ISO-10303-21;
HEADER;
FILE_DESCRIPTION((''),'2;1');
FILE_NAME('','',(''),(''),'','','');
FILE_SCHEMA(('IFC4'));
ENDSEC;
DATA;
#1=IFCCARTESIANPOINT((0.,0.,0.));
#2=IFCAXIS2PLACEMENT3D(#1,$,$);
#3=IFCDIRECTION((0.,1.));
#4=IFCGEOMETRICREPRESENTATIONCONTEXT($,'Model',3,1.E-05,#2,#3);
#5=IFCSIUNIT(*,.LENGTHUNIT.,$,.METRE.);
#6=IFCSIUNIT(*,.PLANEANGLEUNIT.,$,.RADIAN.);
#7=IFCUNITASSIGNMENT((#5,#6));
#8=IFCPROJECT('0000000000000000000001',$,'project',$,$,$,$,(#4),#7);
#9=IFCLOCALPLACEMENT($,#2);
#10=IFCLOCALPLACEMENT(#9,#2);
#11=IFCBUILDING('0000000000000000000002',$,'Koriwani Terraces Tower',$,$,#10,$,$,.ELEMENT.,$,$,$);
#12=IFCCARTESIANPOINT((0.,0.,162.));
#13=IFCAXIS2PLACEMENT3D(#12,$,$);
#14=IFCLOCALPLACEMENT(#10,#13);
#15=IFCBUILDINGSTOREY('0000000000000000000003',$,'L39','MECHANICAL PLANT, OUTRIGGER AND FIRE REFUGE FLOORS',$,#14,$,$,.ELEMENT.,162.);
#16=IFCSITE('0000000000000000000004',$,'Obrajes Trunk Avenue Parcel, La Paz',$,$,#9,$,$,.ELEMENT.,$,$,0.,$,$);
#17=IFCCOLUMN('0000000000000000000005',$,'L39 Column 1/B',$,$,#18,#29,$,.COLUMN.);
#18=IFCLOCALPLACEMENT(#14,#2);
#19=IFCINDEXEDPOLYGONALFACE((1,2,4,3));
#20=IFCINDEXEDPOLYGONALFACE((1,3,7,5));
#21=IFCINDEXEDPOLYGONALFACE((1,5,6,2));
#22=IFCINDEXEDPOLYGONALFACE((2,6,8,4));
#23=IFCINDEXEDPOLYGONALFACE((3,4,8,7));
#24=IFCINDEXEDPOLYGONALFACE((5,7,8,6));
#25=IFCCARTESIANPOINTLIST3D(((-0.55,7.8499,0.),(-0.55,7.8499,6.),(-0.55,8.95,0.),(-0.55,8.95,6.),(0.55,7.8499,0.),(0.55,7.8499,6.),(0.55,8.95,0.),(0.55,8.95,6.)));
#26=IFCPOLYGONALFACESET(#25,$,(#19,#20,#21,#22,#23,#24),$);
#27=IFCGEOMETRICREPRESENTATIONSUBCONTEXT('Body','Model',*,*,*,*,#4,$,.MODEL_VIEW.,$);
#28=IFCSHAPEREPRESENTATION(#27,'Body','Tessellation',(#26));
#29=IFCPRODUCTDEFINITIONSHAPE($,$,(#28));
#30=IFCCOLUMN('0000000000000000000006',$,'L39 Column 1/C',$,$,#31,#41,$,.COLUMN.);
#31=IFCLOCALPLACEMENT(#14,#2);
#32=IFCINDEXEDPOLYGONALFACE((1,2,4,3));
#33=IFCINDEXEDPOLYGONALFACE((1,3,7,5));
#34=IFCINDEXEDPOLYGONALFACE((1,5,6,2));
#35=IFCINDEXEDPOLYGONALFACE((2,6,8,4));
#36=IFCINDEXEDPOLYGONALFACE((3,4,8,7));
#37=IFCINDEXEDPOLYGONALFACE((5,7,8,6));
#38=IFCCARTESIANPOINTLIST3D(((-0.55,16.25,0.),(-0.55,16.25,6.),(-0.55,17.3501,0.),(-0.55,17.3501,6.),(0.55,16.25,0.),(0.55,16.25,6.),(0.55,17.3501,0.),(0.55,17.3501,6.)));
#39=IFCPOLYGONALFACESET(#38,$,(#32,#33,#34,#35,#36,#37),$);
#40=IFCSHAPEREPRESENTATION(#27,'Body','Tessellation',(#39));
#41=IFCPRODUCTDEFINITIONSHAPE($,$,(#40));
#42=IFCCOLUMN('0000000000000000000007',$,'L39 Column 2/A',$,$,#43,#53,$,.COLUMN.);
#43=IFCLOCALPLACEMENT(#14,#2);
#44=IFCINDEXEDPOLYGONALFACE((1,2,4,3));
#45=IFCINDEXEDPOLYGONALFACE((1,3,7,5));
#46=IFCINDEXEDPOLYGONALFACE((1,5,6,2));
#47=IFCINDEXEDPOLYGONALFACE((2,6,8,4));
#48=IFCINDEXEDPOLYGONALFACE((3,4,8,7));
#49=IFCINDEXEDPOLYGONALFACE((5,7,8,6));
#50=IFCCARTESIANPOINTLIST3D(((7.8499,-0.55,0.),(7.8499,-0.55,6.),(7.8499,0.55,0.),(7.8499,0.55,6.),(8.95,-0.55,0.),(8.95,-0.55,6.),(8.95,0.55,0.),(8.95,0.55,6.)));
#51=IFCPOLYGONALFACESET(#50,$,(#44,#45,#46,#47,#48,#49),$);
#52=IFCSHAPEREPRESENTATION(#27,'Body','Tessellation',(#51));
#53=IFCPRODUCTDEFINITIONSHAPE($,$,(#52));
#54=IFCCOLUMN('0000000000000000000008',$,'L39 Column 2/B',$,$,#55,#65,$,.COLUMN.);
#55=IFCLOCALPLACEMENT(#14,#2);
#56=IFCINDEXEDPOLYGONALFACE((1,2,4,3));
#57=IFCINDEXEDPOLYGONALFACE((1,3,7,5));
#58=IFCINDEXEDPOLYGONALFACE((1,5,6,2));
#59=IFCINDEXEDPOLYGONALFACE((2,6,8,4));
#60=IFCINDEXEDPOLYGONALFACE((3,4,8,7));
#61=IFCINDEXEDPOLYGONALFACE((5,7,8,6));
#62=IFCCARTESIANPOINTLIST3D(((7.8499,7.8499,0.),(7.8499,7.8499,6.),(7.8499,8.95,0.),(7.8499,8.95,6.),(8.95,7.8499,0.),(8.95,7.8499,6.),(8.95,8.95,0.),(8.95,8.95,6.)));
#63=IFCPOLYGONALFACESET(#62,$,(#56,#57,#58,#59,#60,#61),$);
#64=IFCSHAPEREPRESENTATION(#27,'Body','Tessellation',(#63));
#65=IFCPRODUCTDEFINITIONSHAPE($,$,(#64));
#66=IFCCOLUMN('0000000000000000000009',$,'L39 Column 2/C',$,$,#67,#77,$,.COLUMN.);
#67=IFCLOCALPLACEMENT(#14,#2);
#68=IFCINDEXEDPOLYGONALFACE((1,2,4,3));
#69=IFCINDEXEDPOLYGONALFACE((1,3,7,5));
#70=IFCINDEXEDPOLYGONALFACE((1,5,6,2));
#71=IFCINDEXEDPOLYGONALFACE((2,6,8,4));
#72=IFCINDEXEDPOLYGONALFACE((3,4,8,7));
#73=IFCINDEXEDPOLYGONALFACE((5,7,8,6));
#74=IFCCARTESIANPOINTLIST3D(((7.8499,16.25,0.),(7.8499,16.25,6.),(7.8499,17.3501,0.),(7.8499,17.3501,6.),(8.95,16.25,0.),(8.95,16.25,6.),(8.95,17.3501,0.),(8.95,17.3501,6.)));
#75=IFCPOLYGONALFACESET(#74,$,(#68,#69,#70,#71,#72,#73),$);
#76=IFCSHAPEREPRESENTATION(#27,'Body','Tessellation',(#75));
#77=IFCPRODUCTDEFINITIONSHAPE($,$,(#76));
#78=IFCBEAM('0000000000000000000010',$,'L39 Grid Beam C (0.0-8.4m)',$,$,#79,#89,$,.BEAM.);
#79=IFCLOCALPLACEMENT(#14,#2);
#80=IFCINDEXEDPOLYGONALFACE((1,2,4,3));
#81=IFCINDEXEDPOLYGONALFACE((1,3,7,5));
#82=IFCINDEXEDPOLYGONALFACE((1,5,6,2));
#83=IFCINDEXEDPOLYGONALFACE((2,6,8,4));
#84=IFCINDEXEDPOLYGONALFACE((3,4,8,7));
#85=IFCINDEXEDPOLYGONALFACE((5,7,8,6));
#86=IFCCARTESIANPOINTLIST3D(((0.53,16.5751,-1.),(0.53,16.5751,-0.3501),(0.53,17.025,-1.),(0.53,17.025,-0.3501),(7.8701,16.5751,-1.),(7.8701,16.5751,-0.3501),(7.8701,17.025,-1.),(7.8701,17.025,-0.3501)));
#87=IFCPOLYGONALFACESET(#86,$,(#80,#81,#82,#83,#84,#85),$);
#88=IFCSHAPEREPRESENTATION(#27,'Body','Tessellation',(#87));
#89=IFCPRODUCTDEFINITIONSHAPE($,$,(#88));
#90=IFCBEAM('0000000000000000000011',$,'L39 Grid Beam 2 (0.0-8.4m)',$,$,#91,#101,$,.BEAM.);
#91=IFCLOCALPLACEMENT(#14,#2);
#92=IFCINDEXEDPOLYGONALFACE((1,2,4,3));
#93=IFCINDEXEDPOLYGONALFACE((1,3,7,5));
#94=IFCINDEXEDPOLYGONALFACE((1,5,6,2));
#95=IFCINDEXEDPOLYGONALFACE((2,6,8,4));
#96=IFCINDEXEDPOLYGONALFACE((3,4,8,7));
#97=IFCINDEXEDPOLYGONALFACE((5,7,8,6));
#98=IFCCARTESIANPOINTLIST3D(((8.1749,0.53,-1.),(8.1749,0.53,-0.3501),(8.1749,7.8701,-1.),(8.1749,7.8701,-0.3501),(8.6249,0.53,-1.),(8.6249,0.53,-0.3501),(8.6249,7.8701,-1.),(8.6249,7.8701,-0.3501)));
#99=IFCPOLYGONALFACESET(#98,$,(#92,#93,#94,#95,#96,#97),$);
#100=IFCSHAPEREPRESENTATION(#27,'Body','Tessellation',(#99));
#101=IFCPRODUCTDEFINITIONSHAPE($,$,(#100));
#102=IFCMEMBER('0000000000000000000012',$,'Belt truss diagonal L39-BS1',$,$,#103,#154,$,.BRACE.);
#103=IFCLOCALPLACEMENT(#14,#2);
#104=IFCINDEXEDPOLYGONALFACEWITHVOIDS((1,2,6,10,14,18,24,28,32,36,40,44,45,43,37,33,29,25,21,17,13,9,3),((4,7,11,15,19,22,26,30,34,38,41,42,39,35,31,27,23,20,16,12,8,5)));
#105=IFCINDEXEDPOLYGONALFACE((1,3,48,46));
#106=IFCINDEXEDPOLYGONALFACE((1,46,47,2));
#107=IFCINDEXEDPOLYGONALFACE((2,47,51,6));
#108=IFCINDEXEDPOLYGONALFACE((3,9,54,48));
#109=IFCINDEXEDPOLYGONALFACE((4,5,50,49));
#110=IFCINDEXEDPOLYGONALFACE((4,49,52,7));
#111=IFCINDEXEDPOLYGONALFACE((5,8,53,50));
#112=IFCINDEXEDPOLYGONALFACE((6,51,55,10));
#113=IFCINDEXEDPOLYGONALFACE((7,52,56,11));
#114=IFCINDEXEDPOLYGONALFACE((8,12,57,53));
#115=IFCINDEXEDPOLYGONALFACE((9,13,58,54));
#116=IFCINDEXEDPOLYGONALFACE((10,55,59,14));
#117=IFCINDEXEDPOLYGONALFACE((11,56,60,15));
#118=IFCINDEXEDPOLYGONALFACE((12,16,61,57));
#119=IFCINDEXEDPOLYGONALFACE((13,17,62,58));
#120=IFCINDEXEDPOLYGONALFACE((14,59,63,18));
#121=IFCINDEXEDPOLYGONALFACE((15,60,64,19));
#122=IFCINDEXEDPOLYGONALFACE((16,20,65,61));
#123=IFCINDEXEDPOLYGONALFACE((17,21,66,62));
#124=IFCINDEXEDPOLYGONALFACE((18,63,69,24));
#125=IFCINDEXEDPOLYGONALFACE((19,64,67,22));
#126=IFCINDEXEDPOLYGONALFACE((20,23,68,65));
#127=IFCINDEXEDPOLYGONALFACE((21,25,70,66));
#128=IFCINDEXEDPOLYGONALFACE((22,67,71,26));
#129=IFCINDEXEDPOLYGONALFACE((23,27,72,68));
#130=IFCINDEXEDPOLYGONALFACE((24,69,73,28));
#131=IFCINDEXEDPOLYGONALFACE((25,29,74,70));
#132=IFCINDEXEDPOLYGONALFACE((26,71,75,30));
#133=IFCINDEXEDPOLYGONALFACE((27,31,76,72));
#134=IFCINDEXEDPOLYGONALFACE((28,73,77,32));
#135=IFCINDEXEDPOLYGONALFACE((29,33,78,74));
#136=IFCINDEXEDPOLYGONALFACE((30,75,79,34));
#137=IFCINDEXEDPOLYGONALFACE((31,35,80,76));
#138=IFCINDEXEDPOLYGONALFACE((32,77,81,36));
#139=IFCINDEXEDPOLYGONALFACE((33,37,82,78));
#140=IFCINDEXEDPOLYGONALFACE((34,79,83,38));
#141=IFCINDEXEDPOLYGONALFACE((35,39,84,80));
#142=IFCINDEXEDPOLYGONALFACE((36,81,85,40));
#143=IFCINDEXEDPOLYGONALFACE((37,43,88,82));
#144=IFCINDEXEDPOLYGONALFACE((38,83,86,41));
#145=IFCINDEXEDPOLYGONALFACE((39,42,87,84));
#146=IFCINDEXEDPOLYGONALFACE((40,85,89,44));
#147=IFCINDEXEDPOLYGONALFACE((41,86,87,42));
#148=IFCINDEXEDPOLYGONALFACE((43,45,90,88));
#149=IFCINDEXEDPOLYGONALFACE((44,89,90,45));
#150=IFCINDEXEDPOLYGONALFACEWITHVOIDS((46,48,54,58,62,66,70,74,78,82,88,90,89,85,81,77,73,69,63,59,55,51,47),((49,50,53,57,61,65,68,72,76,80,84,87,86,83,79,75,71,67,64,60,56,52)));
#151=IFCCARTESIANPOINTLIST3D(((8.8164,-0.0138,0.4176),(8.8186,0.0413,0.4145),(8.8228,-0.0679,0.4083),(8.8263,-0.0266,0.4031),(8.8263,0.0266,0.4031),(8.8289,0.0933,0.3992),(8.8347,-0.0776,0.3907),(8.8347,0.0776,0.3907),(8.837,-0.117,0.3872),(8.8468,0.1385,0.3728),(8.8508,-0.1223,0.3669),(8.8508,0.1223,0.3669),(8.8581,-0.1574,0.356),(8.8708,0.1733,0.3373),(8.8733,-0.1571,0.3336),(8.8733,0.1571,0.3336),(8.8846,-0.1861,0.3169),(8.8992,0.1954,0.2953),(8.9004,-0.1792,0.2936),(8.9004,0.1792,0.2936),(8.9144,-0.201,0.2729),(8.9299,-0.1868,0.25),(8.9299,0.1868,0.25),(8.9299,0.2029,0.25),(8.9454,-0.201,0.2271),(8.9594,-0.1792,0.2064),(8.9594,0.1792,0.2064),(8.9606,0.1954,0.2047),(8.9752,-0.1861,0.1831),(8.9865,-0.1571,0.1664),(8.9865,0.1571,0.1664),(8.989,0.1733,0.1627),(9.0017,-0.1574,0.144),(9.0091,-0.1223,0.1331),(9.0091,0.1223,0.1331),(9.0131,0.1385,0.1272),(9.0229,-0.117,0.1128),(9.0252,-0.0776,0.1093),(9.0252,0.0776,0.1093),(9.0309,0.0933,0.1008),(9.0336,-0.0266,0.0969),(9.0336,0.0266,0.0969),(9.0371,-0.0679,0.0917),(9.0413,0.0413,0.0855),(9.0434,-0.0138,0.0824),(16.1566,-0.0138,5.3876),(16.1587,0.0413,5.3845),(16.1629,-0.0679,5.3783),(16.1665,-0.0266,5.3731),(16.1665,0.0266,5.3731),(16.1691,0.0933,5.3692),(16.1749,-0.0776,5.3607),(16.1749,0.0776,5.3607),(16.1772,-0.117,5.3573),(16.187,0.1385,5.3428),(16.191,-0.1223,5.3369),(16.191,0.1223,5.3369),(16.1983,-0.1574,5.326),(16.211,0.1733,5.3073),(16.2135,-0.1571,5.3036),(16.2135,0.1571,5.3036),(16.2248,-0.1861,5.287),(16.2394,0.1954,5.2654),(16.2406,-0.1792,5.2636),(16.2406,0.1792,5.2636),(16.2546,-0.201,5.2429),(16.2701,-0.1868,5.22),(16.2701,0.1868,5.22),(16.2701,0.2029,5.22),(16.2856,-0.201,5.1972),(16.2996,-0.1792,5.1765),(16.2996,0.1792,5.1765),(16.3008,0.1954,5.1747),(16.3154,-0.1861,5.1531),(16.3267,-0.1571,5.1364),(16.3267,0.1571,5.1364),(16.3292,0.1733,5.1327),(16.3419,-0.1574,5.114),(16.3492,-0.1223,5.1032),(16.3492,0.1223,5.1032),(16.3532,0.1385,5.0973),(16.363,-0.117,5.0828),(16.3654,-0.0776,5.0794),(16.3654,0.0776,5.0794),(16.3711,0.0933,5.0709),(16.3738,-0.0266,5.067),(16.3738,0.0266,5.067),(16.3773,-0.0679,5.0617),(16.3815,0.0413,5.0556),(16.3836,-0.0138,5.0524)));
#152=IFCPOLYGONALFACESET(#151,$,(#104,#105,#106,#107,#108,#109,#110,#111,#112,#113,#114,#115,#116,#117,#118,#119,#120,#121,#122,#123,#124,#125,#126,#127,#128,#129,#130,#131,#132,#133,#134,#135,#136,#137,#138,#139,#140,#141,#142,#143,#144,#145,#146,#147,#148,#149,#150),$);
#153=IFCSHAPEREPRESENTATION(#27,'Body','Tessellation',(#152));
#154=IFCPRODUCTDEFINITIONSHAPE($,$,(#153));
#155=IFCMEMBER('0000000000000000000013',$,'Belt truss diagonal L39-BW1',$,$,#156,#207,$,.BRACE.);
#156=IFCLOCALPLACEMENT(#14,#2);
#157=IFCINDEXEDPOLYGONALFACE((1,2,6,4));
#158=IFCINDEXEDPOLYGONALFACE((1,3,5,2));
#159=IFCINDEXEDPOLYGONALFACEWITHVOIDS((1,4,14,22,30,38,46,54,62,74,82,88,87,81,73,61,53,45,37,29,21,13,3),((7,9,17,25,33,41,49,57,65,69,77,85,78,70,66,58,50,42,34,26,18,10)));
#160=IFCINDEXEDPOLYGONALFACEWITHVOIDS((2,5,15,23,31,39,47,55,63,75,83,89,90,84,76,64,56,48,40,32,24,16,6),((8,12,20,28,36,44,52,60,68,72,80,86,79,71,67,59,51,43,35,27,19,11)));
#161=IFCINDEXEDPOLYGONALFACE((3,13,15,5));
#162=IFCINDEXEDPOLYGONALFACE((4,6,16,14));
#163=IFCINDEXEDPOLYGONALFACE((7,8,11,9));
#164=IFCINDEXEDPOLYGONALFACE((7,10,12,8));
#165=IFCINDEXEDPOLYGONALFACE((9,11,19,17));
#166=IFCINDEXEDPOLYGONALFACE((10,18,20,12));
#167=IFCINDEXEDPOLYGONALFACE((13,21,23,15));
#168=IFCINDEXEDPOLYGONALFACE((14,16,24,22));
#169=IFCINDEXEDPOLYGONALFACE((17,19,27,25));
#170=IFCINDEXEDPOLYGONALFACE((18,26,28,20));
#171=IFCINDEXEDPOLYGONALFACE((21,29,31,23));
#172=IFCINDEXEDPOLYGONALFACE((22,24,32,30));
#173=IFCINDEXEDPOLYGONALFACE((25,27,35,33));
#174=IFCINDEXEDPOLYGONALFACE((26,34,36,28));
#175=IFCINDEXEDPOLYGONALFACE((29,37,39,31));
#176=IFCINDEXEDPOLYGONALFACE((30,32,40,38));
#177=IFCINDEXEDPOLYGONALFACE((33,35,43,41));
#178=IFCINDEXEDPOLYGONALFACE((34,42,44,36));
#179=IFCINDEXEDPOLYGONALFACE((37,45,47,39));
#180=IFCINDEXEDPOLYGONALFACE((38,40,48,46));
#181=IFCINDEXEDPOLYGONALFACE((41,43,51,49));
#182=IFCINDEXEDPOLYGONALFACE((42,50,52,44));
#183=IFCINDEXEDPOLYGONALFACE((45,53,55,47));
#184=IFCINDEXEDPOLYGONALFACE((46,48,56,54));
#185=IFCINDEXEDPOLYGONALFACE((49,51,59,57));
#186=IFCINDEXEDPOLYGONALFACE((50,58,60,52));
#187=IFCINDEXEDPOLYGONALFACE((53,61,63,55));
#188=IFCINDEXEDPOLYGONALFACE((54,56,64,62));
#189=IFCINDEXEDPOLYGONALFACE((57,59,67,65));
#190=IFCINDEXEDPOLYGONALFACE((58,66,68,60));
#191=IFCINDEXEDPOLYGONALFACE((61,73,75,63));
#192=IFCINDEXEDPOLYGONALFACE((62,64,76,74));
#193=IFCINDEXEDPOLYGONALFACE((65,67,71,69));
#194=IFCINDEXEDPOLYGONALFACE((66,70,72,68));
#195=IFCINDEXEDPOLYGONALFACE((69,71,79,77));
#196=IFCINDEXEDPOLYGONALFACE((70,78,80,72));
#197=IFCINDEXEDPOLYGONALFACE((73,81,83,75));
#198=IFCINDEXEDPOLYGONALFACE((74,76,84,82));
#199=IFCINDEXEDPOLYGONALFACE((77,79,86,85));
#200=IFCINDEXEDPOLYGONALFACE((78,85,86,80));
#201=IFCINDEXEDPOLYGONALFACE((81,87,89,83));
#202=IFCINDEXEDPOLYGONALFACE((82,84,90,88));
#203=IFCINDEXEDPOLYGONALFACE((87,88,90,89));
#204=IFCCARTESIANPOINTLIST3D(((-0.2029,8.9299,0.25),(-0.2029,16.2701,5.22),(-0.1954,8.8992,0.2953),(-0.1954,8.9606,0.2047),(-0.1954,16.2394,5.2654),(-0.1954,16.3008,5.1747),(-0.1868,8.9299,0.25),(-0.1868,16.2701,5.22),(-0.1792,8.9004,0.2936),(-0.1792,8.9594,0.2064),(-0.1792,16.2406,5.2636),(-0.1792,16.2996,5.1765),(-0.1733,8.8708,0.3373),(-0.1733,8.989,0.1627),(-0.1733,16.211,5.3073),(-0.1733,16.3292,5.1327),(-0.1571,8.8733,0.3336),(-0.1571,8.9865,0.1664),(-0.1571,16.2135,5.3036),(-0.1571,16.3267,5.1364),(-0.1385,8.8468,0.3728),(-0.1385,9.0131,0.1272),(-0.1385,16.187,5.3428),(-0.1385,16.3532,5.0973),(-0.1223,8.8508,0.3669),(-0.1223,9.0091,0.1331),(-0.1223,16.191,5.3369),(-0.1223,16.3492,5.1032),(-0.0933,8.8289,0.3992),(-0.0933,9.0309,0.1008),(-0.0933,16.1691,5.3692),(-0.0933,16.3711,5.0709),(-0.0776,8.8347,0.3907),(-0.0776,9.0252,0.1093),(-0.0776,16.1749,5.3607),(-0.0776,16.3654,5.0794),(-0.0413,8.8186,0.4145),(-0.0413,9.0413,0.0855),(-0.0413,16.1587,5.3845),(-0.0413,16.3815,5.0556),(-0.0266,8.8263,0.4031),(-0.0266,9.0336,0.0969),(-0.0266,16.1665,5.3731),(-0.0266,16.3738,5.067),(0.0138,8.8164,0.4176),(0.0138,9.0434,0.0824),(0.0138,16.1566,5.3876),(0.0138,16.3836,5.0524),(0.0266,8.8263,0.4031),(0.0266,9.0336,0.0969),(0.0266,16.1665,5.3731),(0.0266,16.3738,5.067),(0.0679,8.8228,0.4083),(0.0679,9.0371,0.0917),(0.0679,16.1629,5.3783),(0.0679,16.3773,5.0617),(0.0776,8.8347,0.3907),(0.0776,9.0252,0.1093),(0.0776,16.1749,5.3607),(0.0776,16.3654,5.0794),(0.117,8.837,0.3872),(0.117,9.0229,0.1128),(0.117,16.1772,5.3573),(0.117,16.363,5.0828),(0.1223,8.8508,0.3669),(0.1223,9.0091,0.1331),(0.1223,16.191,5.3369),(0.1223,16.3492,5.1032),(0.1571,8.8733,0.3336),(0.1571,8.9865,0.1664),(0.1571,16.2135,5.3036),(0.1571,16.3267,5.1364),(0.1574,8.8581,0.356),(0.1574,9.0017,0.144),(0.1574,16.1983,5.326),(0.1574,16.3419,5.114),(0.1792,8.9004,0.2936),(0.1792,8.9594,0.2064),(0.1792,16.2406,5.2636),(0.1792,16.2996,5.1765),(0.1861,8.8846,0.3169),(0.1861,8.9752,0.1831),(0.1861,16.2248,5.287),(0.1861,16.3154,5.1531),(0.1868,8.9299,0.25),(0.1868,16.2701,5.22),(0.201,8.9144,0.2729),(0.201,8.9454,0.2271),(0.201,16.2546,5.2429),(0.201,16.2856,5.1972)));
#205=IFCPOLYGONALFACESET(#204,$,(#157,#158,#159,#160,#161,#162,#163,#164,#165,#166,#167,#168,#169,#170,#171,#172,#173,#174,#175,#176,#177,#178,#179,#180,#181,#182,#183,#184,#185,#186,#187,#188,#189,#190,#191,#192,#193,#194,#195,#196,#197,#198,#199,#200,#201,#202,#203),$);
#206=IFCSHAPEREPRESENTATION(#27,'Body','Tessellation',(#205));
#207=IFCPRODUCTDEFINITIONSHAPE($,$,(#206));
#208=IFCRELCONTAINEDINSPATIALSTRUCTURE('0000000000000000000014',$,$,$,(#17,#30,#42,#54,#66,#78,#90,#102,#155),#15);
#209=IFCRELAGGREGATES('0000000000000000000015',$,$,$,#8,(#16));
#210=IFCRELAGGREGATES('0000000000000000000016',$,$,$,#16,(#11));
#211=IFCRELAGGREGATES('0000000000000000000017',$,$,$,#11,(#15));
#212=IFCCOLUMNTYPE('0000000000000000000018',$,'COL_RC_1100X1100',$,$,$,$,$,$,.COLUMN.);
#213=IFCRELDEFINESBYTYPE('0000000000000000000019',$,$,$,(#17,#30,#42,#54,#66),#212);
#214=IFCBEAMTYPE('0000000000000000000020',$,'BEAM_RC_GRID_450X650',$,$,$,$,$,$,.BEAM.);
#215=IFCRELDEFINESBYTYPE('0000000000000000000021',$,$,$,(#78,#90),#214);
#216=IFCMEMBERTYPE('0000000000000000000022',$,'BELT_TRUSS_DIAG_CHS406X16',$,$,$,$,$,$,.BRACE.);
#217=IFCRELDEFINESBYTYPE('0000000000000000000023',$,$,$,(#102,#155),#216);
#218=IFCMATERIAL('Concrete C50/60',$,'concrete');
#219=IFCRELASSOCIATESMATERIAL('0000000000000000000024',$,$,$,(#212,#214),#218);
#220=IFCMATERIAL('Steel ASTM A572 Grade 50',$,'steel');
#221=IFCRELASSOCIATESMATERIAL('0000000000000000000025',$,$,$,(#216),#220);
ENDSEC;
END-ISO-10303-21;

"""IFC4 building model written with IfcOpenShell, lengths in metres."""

from ifc_helpers import new_model, si_unit, direction, frame, origin, origin_2d, place, context, subcontext, project, spatial, rectangle, hollow_circle, extrude, material, material_profile, profile_set, type_object, element, save


model = new_model("IFC4")

# Units and contexts
model_context = context("Model", 3, precision=1e-05, world=origin(), true_north=direction((0.0, 1.0)))
body_context = subcontext(model_context, "Body", "Model", "MODEL_VIEW")
ifc_project = project(units=[si_unit("LENGTHUNIT", "METRE"), si_unit("PLANEANGLEUNIT", "RADIAN")], contexts=[model_context])

# Site, building, storey
site_placement = place(None, origin())
site = spatial("IfcSite", under=ifc_project, at=site_placement, Name="Obrajes Trunk Avenue Parcel, La Paz", CompositionType="ELEMENT", RefElevation=0.0)
building_placement = place(site_placement, origin())
building = spatial("IfcBuilding", under=site, at=building_placement, Name="Koriwani Terraces Tower", CompositionType="ELEMENT")
storey_placement = place(building_placement, frame((0.0, 0.0, 162.0)))
storey = spatial("IfcBuildingStorey", under=building, at=storey_placement, Name="L39", Description="MECHANICAL PLANT, OUTRIGGER AND FIRE REFUGE FLOORS", CompositionType="ELEMENT", Elevation=162.0)

# Columns
ifc_material_1 = material(Name="Concrete C50/60", Category="concrete")
ifc_material_profile_1 = material_profile(ifc_material_1, rectangle(XDim=1.1001, YDim=1.1001, at=origin_2d()), Name="Concrete C50/60", Category="LoadBearing")
ifc_profile_set_1 = profile_set([ifc_material_profile_1], Name="Concrete C50/60")
column_type = type_object("IfcColumnType", Name="COL_RC_1100X1100", PredefinedType="COLUMN", material=ifc_profile_set_1)
for number, where, z_axis, x_axis, name in (
    (1, (0.0, 8.3999, 0.0), (0.0, 0.0, 1.0), (1.0, 0.0, 0.0), "L39 Column 1/B"),
    (2, (0.0, 16.8, 0.0), (0.0, 0.0, 1.0), (1.0, 0.0, 0.0), "L39 Column 1/C"),
    (3, (8.3999, 0.0, 0.0), (0.0, 0.0, 1.0), (1.0, 0.0, 0.0), "L39 Column 2/A"),
    (4, (8.3999, 8.3999, 0.0), (0.0, 0.0, 1.0), (1.0, 0.0, 0.0), "L39 Column 2/B"),
    (5, (8.3999, 16.8, 0.0), (0.0, 0.0, 1.0), (1.0, 0.0, 0.0), "L39 Column 2/C"),
):
    element("IfcColumn", number, at=place(storey_placement, frame(where, z_axis=z_axis, x_axis=x_axis)), inside=storey, type_object=column_type, Name=name, PredefinedType="COLUMN", context=body_context, shape_type="SweptSolid", body=[
        extrude(rectangle(XDim=1.1001, YDim=1.1001, at=origin_2d()), origin(), (0.0, 0.0, 1.0), 6.0),
    ])

# Beams
ifc_material_profile_2 = material_profile(ifc_material_1, rectangle(XDim=0.45, YDim=0.6499, at=origin_2d()), Name="Concrete C50/60", Category="LoadBearing")
ifc_profile_set_2 = profile_set([ifc_material_profile_2], Name="Concrete C50/60")
beam_type_1 = type_object("IfcBeamType", Name="BEAM_RC_GRID_450X650", PredefinedType="BEAM", material=ifc_profile_set_2)
for number, where, z_axis, x_axis, name in (
    (6, (0.53, 16.8, -0.675), (1.0, 0.0, 0.0), (0.0, 1.0, 0.0), "L39 Grid Beam C (0.0-8.4m)"),
    (7, (8.3999, 0.53, -0.675), (0.0, 1.0, 0.0), (-1.0, 0.0, 0.0), "L39 Grid Beam 2 (0.0-8.4m)"),
):
    element("IfcBeam", number, at=place(storey_placement, frame(where, z_axis=z_axis, x_axis=x_axis)), inside=storey, type_object=beam_type_1, Name=name, PredefinedType="BEAM", context=body_context, shape_type="SweptSolid", body=[
        extrude(rectangle(XDim=0.45, YDim=0.6499, at=origin_2d()), origin(), (0.0, 0.0, 1.0), 7.3401),
    ])

# Members
ifc_material_2 = material(Name="Steel ASTM A572 Grade 50", Category="steel")
ifc_material_profile_3 = material_profile(ifc_material_2, hollow_circle(Radius=0.2029, WallThickness=0.0161, at=origin_2d()), Name="Steel ASTM A572 Grade 50", Category="LoadBearing")
ifc_profile_set_3 = profile_set([ifc_material_profile_3], Name="Steel ASTM A572 Grade 50")
member_type = type_object("IfcMemberType", Name="BELT_TRUSS_DIAG_CHS406X16", PredefinedType="BRACE", material=ifc_profile_set_3)
for number, where, z_axis, x_axis, name in (
    (8, (8.9299, 0.0, 0.25), (0.828042, 0.0, 0.560667), (0.0, 1.0, 0.0), "Belt truss diagonal L39-BS1"),
    (9, (0.0, 8.9299, 0.25), (0.0, 0.828042, 0.560667), (-1.0, 0.0, 0.0), "Belt truss diagonal L39-BW1"),
):
    element("IfcMember", number, at=place(storey_placement, frame(where, z_axis=z_axis, x_axis=x_axis)), inside=storey, type_object=member_type, Name=name, PredefinedType="BRACE", context=body_context, shape_type="SweptSolid", body=[
        extrude(hollow_circle(Radius=0.2029, WallThickness=0.0161, at=origin_2d()), origin(), (0.0, 0.0, 1.0), 8.8645),
    ])

save(model, "model.ifc")
